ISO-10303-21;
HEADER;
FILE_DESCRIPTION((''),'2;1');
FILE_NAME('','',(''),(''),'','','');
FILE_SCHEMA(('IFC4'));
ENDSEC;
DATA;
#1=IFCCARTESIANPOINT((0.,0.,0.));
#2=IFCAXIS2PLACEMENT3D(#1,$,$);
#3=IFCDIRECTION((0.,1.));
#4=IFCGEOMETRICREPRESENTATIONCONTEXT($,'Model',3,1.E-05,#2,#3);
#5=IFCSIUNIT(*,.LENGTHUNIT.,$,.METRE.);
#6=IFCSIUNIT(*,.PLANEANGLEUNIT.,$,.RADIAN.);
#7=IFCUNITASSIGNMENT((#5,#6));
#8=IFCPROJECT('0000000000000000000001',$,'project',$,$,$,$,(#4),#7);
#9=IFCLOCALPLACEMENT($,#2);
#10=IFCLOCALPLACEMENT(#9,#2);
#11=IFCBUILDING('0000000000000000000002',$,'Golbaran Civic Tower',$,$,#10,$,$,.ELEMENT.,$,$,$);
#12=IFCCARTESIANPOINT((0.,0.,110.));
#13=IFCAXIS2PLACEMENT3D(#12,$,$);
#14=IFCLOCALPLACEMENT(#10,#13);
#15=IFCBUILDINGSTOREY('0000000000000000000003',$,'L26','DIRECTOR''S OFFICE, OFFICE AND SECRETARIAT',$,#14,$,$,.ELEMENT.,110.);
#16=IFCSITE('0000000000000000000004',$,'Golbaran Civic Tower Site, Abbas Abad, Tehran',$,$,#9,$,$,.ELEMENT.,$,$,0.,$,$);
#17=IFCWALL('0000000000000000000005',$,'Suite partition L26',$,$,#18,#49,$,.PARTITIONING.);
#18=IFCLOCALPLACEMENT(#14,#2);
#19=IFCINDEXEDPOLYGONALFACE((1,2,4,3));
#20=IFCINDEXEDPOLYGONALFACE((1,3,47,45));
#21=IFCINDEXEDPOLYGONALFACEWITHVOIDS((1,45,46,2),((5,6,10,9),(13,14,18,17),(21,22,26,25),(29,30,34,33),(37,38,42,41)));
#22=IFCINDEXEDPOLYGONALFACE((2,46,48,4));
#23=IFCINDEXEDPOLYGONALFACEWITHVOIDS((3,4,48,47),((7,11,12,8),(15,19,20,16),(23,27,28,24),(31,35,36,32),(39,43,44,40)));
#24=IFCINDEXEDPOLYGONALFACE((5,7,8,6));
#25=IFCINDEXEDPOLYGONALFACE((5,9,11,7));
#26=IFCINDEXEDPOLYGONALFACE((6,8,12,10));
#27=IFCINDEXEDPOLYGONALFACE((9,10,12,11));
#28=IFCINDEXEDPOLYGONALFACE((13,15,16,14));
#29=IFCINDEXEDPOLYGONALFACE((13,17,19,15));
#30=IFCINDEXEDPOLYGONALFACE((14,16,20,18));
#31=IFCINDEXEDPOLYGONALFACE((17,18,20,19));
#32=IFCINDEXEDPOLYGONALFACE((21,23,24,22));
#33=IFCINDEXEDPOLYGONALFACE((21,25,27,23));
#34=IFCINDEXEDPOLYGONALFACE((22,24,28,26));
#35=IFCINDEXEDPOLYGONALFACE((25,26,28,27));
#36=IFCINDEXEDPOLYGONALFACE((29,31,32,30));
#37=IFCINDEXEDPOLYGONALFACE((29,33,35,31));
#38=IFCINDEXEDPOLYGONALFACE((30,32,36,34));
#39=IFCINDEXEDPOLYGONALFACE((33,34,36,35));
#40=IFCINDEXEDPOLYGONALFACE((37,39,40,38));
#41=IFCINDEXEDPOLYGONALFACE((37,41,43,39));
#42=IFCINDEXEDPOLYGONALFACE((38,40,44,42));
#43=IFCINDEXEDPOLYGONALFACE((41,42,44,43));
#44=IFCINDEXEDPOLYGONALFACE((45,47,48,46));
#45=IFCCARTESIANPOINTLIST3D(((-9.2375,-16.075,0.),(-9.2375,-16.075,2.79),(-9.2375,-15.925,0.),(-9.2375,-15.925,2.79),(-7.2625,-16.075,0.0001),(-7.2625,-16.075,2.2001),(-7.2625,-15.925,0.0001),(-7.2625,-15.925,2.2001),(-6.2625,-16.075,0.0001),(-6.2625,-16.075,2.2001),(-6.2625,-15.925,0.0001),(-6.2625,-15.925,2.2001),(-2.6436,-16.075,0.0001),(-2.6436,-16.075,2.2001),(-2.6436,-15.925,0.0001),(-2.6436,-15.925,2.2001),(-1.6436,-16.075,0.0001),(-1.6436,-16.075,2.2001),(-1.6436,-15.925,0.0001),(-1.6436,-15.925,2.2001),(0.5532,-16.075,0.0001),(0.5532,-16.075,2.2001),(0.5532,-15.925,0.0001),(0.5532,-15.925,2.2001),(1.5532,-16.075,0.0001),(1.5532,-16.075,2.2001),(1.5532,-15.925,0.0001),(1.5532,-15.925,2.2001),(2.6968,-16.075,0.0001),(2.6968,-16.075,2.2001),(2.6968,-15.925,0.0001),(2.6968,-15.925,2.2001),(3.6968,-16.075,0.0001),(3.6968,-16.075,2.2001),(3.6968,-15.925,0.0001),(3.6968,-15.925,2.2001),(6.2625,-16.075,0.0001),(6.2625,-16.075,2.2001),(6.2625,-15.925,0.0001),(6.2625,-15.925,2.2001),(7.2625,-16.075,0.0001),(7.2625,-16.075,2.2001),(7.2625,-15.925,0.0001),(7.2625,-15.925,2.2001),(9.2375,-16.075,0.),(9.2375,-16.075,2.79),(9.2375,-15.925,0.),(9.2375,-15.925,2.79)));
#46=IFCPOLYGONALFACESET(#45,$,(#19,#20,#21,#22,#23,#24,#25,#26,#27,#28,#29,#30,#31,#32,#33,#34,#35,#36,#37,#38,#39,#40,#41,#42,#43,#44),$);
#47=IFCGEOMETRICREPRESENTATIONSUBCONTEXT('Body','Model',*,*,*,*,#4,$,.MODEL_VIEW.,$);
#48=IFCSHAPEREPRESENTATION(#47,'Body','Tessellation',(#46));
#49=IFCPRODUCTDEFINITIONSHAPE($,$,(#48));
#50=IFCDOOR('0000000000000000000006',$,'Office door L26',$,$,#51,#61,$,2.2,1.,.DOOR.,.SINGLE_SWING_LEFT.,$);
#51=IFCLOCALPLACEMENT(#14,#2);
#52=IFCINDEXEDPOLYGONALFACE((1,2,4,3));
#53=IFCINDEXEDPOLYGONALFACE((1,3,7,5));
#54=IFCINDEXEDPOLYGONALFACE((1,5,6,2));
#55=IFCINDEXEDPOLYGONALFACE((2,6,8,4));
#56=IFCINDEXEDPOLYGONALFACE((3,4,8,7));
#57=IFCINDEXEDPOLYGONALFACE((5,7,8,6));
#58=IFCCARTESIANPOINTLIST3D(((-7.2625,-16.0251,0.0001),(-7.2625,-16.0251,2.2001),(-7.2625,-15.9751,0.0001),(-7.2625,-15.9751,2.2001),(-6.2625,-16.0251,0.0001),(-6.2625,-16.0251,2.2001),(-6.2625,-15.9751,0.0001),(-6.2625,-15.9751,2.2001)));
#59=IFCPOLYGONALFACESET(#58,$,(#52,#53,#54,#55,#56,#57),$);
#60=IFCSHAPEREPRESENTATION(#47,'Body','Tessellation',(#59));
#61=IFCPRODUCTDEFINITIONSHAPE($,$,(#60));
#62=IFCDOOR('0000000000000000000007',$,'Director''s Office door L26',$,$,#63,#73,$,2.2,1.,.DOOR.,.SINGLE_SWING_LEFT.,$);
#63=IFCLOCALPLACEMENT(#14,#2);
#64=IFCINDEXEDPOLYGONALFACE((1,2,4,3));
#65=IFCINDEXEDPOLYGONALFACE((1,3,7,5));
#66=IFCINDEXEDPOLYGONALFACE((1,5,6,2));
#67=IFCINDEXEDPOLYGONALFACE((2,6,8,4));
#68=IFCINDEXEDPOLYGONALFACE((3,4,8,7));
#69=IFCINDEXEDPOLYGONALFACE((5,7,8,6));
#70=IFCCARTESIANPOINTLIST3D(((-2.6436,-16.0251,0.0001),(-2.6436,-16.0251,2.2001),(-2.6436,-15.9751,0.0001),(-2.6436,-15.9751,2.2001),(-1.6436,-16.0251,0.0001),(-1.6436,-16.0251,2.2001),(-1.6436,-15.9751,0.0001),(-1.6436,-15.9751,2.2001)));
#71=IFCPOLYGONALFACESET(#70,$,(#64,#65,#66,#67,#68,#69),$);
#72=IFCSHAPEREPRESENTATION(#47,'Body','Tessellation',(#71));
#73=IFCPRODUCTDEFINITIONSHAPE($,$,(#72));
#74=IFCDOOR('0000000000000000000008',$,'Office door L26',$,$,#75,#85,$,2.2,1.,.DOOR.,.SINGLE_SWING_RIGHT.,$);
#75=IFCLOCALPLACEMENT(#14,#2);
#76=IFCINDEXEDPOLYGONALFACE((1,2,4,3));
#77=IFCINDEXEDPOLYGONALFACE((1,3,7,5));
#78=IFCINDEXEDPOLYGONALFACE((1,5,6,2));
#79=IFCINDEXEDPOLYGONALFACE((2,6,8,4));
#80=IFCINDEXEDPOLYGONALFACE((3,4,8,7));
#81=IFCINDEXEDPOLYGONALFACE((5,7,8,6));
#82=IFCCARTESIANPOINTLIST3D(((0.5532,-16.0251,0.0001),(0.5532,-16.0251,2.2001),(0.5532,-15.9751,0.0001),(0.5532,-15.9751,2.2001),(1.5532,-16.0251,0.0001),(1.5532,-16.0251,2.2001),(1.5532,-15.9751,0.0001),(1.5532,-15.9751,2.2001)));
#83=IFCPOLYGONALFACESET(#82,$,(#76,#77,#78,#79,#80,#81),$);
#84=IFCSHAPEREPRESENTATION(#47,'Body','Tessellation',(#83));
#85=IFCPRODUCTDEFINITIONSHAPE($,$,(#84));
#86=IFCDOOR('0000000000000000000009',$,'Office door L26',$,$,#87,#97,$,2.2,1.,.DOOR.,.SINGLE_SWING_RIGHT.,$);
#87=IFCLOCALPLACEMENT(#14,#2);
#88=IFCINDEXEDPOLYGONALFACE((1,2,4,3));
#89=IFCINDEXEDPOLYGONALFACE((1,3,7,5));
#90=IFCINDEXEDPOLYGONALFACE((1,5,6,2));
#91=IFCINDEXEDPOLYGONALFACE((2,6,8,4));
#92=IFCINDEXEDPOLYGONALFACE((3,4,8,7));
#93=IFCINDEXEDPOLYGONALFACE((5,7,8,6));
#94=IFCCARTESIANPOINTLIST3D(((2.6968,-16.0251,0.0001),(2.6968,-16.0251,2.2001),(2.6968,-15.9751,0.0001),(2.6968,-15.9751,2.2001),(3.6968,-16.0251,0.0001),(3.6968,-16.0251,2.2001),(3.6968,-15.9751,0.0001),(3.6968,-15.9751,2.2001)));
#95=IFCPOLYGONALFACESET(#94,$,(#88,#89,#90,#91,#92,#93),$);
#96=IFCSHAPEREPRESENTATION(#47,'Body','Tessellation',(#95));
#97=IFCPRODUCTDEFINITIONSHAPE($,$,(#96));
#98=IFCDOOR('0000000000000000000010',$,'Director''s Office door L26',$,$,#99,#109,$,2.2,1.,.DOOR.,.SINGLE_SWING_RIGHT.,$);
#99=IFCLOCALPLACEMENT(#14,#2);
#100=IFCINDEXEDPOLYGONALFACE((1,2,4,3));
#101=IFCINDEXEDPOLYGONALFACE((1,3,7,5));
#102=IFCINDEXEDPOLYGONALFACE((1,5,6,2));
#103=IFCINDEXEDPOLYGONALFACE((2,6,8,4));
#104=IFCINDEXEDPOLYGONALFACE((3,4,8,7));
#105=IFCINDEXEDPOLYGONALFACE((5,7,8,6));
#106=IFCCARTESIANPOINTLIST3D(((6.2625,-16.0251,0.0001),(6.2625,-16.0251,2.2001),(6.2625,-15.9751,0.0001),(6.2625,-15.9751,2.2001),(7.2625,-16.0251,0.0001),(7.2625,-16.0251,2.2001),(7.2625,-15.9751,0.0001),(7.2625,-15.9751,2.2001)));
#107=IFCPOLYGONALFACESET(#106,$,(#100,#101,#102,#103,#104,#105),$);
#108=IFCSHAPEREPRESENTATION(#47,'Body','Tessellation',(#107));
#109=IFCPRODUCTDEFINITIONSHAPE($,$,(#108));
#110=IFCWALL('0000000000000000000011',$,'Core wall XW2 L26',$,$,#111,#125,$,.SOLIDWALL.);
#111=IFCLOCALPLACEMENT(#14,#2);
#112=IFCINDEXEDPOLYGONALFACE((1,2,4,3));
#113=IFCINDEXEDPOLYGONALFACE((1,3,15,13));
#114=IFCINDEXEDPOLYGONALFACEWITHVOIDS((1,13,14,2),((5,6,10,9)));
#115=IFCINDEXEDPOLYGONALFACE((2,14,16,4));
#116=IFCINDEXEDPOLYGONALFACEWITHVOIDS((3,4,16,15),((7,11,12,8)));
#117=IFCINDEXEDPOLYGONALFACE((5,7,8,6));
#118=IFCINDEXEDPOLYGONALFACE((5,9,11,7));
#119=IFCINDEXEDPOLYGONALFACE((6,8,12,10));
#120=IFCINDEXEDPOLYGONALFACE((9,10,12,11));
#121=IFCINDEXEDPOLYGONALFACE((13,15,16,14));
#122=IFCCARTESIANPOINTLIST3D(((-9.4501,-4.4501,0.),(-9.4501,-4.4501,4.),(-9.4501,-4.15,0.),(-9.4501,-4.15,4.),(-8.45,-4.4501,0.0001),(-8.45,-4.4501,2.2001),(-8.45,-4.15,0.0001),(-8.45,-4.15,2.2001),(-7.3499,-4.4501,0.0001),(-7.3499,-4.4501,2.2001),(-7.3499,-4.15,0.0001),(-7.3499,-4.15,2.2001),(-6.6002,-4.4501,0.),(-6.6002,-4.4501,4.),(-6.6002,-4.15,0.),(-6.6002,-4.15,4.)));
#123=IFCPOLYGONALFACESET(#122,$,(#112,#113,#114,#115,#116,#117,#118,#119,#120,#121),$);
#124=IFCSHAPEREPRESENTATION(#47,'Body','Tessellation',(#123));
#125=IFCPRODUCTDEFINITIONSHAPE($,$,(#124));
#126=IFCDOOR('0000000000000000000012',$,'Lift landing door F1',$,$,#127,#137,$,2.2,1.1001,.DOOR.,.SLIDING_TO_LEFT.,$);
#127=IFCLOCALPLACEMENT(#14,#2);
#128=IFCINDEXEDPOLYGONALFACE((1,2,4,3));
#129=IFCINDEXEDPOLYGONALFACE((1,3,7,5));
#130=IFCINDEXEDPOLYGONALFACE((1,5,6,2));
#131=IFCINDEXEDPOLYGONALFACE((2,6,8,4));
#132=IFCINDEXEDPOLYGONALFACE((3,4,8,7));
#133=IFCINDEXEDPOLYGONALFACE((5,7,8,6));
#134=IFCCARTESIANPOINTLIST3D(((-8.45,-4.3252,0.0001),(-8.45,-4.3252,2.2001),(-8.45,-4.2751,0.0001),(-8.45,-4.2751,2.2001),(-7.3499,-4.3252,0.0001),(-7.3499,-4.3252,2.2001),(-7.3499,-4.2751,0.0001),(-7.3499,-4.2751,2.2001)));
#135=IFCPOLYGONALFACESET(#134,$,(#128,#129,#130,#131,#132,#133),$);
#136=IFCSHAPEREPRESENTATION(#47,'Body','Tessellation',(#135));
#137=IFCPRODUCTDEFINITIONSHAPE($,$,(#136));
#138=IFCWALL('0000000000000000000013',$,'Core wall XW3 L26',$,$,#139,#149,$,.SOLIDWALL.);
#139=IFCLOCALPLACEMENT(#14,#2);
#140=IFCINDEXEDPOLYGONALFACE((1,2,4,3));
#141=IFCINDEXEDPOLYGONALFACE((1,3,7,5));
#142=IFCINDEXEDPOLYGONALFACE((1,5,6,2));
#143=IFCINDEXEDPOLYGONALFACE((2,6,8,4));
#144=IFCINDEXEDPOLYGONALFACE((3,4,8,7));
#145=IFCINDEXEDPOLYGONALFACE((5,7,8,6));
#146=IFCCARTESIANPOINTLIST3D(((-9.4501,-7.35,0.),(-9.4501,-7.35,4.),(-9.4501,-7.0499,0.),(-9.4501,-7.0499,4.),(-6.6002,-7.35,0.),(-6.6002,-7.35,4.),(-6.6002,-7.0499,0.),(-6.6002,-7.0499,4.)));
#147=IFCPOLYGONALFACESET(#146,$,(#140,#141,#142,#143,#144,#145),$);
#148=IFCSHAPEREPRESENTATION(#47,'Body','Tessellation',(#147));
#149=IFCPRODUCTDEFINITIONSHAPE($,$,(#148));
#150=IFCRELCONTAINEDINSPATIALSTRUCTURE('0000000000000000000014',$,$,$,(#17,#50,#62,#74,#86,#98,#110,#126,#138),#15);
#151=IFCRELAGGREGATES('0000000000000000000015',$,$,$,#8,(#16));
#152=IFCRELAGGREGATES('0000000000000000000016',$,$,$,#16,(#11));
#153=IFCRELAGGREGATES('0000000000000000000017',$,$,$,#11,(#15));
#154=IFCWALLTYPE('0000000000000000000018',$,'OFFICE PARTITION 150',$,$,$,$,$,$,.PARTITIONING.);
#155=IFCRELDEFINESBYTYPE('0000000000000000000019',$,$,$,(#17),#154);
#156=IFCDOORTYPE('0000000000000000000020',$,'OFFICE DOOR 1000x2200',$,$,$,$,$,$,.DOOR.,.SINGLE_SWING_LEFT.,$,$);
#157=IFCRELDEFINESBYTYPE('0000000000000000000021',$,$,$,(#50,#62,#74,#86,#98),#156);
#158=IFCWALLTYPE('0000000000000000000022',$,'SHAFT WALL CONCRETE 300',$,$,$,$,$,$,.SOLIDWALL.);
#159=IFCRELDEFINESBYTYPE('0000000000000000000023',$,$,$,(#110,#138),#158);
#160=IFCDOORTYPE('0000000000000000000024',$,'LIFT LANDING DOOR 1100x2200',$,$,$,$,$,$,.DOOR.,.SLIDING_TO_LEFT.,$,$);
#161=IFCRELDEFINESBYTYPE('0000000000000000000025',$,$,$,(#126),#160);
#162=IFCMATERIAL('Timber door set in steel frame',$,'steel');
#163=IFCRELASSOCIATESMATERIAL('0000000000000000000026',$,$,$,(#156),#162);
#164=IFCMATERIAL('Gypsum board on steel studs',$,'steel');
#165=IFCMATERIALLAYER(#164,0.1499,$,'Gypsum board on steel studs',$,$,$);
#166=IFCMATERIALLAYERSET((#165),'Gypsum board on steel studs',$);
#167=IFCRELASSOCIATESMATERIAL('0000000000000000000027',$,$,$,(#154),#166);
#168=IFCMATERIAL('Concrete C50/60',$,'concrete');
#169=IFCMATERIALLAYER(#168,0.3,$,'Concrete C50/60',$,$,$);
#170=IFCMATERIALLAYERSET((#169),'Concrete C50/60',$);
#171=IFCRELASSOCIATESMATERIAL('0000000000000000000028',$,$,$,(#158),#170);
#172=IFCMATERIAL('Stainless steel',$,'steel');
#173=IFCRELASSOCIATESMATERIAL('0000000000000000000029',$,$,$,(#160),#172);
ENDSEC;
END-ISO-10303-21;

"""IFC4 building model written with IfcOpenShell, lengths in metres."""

from ifc_helpers import new_model, si_unit, direction, frame, frame_2d, origin, place, context, subcontext, project, spatial, rectangle, extrude, material, layer, layer_set, type_object, element, fill, save


model = new_model("IFC4")

# Units and contexts
model_context = context("Model", 3, precision=1e-05, world=origin(), true_north=direction((0.0, 1.0)))
body_context = subcontext(model_context, "Body", "Model", "MODEL_VIEW")
ifc_project = project(units=[si_unit("LENGTHUNIT", "METRE"), si_unit("PLANEANGLEUNIT", "RADIAN")], contexts=[model_context])

# Site, building, storey
site_placement = place(None, origin())
site = spatial("IfcSite", under=ifc_project, at=site_placement, Name="Golbaran Civic Tower Site, Abbas Abad, Tehran", CompositionType="ELEMENT", RefElevation=0.0)
building_placement = place(site_placement, origin())
building = spatial("IfcBuilding", under=site, at=building_placement, Name="Golbaran Civic Tower", CompositionType="ELEMENT")
storey_placement = place(building_placement, frame((0.0, 0.0, 110.0)))
storey = spatial("IfcBuildingStorey", under=building, at=storey_placement, Name="L26", Description="DIRECTOR'S OFFICE, OFFICE AND SECRETARIAT", CompositionType="ELEMENT", Elevation=110.0)

# Shared definitions
ifc_material_1 = material(Name="Timber door set in steel frame", Category="steel")
door_type_1 = type_object("IfcDoorType", Name="OFFICE DOOR 1000x2200", OperationType="SINGLE_SWING_LEFT", PredefinedType="DOOR", material=ifc_material_1)

# Shared definitions
ifc_material_2 = material(Name="Gypsum board on steel studs", Category="steel")
ifc_layer_1 = layer(ifc_material_2, 0.1499, Name="Gypsum board on steel studs")
ifc_layer_set_1 = layer_set([ifc_layer_1], Name="Gypsum board on steel studs")
wall_type_1 = type_object("IfcWallType", Name="OFFICE PARTITION 150", PredefinedType="PARTITIONING", material=ifc_layer_set_1)

# Wall, openings, doors
wall_1_placement = place(storey_placement, frame((-9.2375, -16.0, 0.0), z_axis=(0.0, 0.0, 1.0), x_axis=(1.0, 0.0, 0.0)))
wall_1 = element("IfcWall", 1, at=wall_1_placement, inside=storey, type_object=wall_type_1, Name="Suite partition L26", PredefinedType="PARTITIONING", context=body_context, shape_type="SweptSolid", body=[
    extrude(rectangle(XDim=18.4751, YDim=0.1499, at=frame_2d((9.2375, 0.0))), origin(), (0.0, 0.0, 1.0), 2.79),
])
opening_1_placement = place(wall_1_placement, frame((1.9751, 0.0, 0.0)))
opening_1 = element("IfcOpeningElement", 2, at=opening_1_placement, cuts=wall_1, PredefinedType="OPENING", context=body_context, shape_type="SweptSolid", body=[
    extrude(rectangle(XDim=1.0, YDim=2.2, at=frame_2d((0.5, 1.1001))), frame((0.0, 0.085, 0.0), z_axis=(0.0, -1.0, 0.0), x_axis=(1.0, 0.0, 0.0)), (0.0, 0.0, 1.0), 0.1699),
])
opening_2_placement = place(wall_1_placement, frame((6.594, 0.0, 0.0)))
opening_2 = element("IfcOpeningElement", 3, at=opening_2_placement, cuts=wall_1, PredefinedType="OPENING", context=body_context, shape_type="SweptSolid", body=[
    extrude(rectangle(XDim=1.0, YDim=2.2, at=frame_2d((0.5, 1.1001))), frame((0.0, 0.085, 0.0), z_axis=(0.0, -1.0, 0.0), x_axis=(1.0, 0.0, 0.0)), (0.0, 0.0, 1.0), 0.1699),
])
opening_3_placement = place(wall_1_placement, frame((9.7908, 0.0, 0.0)))
opening_3 = element("IfcOpeningElement", 4, at=opening_3_placement, cuts=wall_1, PredefinedType="OPENING", context=body_context, shape_type="SweptSolid", body=[
    extrude(rectangle(XDim=1.0, YDim=2.2, at=frame_2d((0.5, 1.1001))), frame((0.0, 0.085, 0.0), z_axis=(0.0, -1.0, 0.0), x_axis=(1.0, 0.0, 0.0)), (0.0, 0.0, 1.0), 0.1699),
])
opening_4_placement = place(wall_1_placement, frame((11.9343, 0.0, 0.0)))
opening_4 = element("IfcOpeningElement", 5, at=opening_4_placement, cuts=wall_1, PredefinedType="OPENING", context=body_context, shape_type="SweptSolid", body=[
    extrude(rectangle(XDim=1.0, YDim=2.2, at=frame_2d((0.5, 1.1001))), frame((0.0, 0.085, 0.0), z_axis=(0.0, -1.0, 0.0), x_axis=(1.0, 0.0, 0.0)), (0.0, 0.0, 1.0), 0.1699),
])
opening_5_placement = place(wall_1_placement, frame((15.5, 0.0, 0.0)))
opening_5 = element("IfcOpeningElement", 6, at=opening_5_placement, cuts=wall_1, PredefinedType="OPENING", context=body_context, shape_type="SweptSolid", body=[
    extrude(rectangle(XDim=1.0, YDim=2.2, at=frame_2d((0.5, 1.1001))), frame((0.0, 0.085, 0.0), z_axis=(0.0, -1.0, 0.0), x_axis=(1.0, 0.0, 0.0)), (0.0, 0.0, 1.0), 0.1699),
])
door_1_placement = place(opening_1_placement, origin())
door_1 = element("IfcDoor", 7, at=door_1_placement, inside=storey, type_object=door_type_1, Name="Office door L26", OperationType="SINGLE_SWING_LEFT", OverallHeight=2.2, OverallWidth=1.0, PredefinedType="DOOR", context=body_context, shape_type="SweptSolid", body=[
    extrude(rectangle(XDim=1.0, YDim=2.2, at=frame_2d((0.5, 1.1001))), frame((0.0, 0.0249, 0.0), z_axis=(0.0, -1.0, 0.0), x_axis=(1.0, 0.0, 0.0)), (0.0, 0.0, 1.0), 0.05),
])
fill(opening_1, door_1)
door_2_placement = place(opening_2_placement, origin())
door_2 = element("IfcDoor", 8, at=door_2_placement, inside=storey, type_object=door_type_1, Name="Director's Office door L26", OperationType="SINGLE_SWING_LEFT", OverallHeight=2.2, OverallWidth=1.0, PredefinedType="DOOR", context=body_context, shape_type="SweptSolid", body=[
    extrude(rectangle(XDim=1.0, YDim=2.2, at=frame_2d((0.5, 1.1001))), frame((0.0, 0.0249, 0.0), z_axis=(0.0, -1.0, 0.0), x_axis=(1.0, 0.0, 0.0)), (0.0, 0.0, 1.0), 0.05),
])
fill(opening_2, door_2)
door_3_placement = place(opening_3_placement, origin())
door_3 = element("IfcDoor", 9, at=door_3_placement, inside=storey, type_object=door_type_1, Name="Office door L26", OperationType="SINGLE_SWING_RIGHT", OverallHeight=2.2, OverallWidth=1.0, PredefinedType="DOOR", context=body_context, shape_type="SweptSolid", body=[
    extrude(rectangle(XDim=1.0, YDim=2.2, at=frame_2d((0.5, 1.1001))), frame((0.0, 0.0249, 0.0), z_axis=(0.0, -1.0, 0.0), x_axis=(1.0, 0.0, 0.0)), (0.0, 0.0, 1.0), 0.05),
])
fill(opening_3, door_3)
door_4_placement = place(opening_4_placement, origin())
door_4 = element("IfcDoor", 10, at=door_4_placement, inside=storey, type_object=door_type_1, Name="Office door L26", OperationType="SINGLE_SWING_RIGHT", OverallHeight=2.2, OverallWidth=1.0, PredefinedType="DOOR", context=body_context, shape_type="SweptSolid", body=[
    extrude(rectangle(XDim=1.0, YDim=2.2, at=frame_2d((0.5, 1.1001))), frame((0.0, 0.0249, 0.0), z_axis=(0.0, -1.0, 0.0), x_axis=(1.0, 0.0, 0.0)), (0.0, 0.0, 1.0), 0.05),
])
fill(opening_4, door_4)
door_5_placement = place(opening_5_placement, origin())
door_5 = element("IfcDoor", 11, at=door_5_placement, inside=storey, type_object=door_type_1, Name="Director's Office door L26", OperationType="SINGLE_SWING_RIGHT", OverallHeight=2.2, OverallWidth=1.0, PredefinedType="DOOR", context=body_context, shape_type="SweptSolid", body=[
    extrude(rectangle(XDim=1.0, YDim=2.2, at=frame_2d((0.5, 1.1001))), frame((0.0, 0.0249, 0.0), z_axis=(0.0, -1.0, 0.0), x_axis=(1.0, 0.0, 0.0)), (0.0, 0.0, 1.0), 0.05),
])
fill(opening_5, door_5)

# Wall, opening, door
ifc_material_3 = material(Name="Concrete C50/60", Category="concrete")
ifc_layer_2 = layer(ifc_material_3, 0.3, Name="Concrete C50/60")
ifc_layer_set_2 = layer_set([ifc_layer_2], Name="Concrete C50/60")
wall_type_2 = type_object("IfcWallType", Name="SHAFT WALL CONCRETE 300", PredefinedType="SOLIDWALL", material=ifc_layer_set_2)
wall_2_placement = place(storey_placement, frame((-9.45, -4.3, 0.0), z_axis=(0.0, 0.0, 1.0), x_axis=(1.0, 0.0, 0.0)))
wall_2 = element("IfcWall", 12, at=wall_2_placement, inside=storey, type_object=wall_type_2, Name="Core wall XW2 L26", PredefinedType="SOLIDWALL", context=body_context, shape_type="SweptSolid", body=[
    extrude(rectangle(XDim=2.8499, YDim=0.3, at=frame_2d((1.4248, 0.0))), origin(), (0.0, 0.0, 1.0), 4.0),
])
opening_6_placement = place(wall_2_placement, frame((1.0, 0.0, 0.0)))
opening_6 = element("IfcOpeningElement", 13, at=opening_6_placement, cuts=wall_2, PredefinedType="OPENING", context=body_context, shape_type="SweptSolid", body=[
    extrude(rectangle(XDim=1.1001, YDim=2.2, at=frame_2d((0.55, 1.1001))), frame((0.0, 0.1599, 0.0), z_axis=(0.0, -1.0, 0.0), x_axis=(1.0, 0.0, 0.0)), (0.0, 0.0, 1.0), 0.3201),
])
ifc_material_4 = material(Name="Stainless steel", Category="steel")
door_type_2 = type_object("IfcDoorType", Name="LIFT LANDING DOOR 1100x2200", OperationType="SLIDING_TO_LEFT", PredefinedType="DOOR", material=ifc_material_4)
door_6_placement = place(opening_6_placement, origin())
door_6 = element("IfcDoor", 14, at=door_6_placement, inside=storey, type_object=door_type_2, Name="Lift landing door F1", OperationType="SLIDING_TO_LEFT", OverallHeight=2.2, OverallWidth=1.1001, PredefinedType="DOOR", context=body_context, shape_type="SweptSolid", body=[
    extrude(rectangle(XDim=1.1001, YDim=2.2, at=frame_2d((0.55, 1.1001))), frame((0.0, 0.0249, 0.0), z_axis=(0.0, -1.0, 0.0), x_axis=(1.0, 0.0, 0.0)), (0.0, 0.0, 1.0), 0.05),
])
fill(opening_6, door_6)

# Wall
wall_3_placement = place(storey_placement, frame((-9.45, -7.2, 0.0), z_axis=(0.0, 0.0, 1.0), x_axis=(1.0, 0.0, 0.0)))
element("IfcWall", 15, at=wall_3_placement, inside=storey, type_object=wall_type_2, Name="Core wall XW3 L26", PredefinedType="SOLIDWALL", context=body_context, shape_type="SweptSolid", body=[
    extrude(rectangle(XDim=2.8499, YDim=0.3, at=frame_2d((1.4248, 0.0))), origin(), (0.0, 0.0, 1.0), 4.0),
])

save(model, "model.ifc")
